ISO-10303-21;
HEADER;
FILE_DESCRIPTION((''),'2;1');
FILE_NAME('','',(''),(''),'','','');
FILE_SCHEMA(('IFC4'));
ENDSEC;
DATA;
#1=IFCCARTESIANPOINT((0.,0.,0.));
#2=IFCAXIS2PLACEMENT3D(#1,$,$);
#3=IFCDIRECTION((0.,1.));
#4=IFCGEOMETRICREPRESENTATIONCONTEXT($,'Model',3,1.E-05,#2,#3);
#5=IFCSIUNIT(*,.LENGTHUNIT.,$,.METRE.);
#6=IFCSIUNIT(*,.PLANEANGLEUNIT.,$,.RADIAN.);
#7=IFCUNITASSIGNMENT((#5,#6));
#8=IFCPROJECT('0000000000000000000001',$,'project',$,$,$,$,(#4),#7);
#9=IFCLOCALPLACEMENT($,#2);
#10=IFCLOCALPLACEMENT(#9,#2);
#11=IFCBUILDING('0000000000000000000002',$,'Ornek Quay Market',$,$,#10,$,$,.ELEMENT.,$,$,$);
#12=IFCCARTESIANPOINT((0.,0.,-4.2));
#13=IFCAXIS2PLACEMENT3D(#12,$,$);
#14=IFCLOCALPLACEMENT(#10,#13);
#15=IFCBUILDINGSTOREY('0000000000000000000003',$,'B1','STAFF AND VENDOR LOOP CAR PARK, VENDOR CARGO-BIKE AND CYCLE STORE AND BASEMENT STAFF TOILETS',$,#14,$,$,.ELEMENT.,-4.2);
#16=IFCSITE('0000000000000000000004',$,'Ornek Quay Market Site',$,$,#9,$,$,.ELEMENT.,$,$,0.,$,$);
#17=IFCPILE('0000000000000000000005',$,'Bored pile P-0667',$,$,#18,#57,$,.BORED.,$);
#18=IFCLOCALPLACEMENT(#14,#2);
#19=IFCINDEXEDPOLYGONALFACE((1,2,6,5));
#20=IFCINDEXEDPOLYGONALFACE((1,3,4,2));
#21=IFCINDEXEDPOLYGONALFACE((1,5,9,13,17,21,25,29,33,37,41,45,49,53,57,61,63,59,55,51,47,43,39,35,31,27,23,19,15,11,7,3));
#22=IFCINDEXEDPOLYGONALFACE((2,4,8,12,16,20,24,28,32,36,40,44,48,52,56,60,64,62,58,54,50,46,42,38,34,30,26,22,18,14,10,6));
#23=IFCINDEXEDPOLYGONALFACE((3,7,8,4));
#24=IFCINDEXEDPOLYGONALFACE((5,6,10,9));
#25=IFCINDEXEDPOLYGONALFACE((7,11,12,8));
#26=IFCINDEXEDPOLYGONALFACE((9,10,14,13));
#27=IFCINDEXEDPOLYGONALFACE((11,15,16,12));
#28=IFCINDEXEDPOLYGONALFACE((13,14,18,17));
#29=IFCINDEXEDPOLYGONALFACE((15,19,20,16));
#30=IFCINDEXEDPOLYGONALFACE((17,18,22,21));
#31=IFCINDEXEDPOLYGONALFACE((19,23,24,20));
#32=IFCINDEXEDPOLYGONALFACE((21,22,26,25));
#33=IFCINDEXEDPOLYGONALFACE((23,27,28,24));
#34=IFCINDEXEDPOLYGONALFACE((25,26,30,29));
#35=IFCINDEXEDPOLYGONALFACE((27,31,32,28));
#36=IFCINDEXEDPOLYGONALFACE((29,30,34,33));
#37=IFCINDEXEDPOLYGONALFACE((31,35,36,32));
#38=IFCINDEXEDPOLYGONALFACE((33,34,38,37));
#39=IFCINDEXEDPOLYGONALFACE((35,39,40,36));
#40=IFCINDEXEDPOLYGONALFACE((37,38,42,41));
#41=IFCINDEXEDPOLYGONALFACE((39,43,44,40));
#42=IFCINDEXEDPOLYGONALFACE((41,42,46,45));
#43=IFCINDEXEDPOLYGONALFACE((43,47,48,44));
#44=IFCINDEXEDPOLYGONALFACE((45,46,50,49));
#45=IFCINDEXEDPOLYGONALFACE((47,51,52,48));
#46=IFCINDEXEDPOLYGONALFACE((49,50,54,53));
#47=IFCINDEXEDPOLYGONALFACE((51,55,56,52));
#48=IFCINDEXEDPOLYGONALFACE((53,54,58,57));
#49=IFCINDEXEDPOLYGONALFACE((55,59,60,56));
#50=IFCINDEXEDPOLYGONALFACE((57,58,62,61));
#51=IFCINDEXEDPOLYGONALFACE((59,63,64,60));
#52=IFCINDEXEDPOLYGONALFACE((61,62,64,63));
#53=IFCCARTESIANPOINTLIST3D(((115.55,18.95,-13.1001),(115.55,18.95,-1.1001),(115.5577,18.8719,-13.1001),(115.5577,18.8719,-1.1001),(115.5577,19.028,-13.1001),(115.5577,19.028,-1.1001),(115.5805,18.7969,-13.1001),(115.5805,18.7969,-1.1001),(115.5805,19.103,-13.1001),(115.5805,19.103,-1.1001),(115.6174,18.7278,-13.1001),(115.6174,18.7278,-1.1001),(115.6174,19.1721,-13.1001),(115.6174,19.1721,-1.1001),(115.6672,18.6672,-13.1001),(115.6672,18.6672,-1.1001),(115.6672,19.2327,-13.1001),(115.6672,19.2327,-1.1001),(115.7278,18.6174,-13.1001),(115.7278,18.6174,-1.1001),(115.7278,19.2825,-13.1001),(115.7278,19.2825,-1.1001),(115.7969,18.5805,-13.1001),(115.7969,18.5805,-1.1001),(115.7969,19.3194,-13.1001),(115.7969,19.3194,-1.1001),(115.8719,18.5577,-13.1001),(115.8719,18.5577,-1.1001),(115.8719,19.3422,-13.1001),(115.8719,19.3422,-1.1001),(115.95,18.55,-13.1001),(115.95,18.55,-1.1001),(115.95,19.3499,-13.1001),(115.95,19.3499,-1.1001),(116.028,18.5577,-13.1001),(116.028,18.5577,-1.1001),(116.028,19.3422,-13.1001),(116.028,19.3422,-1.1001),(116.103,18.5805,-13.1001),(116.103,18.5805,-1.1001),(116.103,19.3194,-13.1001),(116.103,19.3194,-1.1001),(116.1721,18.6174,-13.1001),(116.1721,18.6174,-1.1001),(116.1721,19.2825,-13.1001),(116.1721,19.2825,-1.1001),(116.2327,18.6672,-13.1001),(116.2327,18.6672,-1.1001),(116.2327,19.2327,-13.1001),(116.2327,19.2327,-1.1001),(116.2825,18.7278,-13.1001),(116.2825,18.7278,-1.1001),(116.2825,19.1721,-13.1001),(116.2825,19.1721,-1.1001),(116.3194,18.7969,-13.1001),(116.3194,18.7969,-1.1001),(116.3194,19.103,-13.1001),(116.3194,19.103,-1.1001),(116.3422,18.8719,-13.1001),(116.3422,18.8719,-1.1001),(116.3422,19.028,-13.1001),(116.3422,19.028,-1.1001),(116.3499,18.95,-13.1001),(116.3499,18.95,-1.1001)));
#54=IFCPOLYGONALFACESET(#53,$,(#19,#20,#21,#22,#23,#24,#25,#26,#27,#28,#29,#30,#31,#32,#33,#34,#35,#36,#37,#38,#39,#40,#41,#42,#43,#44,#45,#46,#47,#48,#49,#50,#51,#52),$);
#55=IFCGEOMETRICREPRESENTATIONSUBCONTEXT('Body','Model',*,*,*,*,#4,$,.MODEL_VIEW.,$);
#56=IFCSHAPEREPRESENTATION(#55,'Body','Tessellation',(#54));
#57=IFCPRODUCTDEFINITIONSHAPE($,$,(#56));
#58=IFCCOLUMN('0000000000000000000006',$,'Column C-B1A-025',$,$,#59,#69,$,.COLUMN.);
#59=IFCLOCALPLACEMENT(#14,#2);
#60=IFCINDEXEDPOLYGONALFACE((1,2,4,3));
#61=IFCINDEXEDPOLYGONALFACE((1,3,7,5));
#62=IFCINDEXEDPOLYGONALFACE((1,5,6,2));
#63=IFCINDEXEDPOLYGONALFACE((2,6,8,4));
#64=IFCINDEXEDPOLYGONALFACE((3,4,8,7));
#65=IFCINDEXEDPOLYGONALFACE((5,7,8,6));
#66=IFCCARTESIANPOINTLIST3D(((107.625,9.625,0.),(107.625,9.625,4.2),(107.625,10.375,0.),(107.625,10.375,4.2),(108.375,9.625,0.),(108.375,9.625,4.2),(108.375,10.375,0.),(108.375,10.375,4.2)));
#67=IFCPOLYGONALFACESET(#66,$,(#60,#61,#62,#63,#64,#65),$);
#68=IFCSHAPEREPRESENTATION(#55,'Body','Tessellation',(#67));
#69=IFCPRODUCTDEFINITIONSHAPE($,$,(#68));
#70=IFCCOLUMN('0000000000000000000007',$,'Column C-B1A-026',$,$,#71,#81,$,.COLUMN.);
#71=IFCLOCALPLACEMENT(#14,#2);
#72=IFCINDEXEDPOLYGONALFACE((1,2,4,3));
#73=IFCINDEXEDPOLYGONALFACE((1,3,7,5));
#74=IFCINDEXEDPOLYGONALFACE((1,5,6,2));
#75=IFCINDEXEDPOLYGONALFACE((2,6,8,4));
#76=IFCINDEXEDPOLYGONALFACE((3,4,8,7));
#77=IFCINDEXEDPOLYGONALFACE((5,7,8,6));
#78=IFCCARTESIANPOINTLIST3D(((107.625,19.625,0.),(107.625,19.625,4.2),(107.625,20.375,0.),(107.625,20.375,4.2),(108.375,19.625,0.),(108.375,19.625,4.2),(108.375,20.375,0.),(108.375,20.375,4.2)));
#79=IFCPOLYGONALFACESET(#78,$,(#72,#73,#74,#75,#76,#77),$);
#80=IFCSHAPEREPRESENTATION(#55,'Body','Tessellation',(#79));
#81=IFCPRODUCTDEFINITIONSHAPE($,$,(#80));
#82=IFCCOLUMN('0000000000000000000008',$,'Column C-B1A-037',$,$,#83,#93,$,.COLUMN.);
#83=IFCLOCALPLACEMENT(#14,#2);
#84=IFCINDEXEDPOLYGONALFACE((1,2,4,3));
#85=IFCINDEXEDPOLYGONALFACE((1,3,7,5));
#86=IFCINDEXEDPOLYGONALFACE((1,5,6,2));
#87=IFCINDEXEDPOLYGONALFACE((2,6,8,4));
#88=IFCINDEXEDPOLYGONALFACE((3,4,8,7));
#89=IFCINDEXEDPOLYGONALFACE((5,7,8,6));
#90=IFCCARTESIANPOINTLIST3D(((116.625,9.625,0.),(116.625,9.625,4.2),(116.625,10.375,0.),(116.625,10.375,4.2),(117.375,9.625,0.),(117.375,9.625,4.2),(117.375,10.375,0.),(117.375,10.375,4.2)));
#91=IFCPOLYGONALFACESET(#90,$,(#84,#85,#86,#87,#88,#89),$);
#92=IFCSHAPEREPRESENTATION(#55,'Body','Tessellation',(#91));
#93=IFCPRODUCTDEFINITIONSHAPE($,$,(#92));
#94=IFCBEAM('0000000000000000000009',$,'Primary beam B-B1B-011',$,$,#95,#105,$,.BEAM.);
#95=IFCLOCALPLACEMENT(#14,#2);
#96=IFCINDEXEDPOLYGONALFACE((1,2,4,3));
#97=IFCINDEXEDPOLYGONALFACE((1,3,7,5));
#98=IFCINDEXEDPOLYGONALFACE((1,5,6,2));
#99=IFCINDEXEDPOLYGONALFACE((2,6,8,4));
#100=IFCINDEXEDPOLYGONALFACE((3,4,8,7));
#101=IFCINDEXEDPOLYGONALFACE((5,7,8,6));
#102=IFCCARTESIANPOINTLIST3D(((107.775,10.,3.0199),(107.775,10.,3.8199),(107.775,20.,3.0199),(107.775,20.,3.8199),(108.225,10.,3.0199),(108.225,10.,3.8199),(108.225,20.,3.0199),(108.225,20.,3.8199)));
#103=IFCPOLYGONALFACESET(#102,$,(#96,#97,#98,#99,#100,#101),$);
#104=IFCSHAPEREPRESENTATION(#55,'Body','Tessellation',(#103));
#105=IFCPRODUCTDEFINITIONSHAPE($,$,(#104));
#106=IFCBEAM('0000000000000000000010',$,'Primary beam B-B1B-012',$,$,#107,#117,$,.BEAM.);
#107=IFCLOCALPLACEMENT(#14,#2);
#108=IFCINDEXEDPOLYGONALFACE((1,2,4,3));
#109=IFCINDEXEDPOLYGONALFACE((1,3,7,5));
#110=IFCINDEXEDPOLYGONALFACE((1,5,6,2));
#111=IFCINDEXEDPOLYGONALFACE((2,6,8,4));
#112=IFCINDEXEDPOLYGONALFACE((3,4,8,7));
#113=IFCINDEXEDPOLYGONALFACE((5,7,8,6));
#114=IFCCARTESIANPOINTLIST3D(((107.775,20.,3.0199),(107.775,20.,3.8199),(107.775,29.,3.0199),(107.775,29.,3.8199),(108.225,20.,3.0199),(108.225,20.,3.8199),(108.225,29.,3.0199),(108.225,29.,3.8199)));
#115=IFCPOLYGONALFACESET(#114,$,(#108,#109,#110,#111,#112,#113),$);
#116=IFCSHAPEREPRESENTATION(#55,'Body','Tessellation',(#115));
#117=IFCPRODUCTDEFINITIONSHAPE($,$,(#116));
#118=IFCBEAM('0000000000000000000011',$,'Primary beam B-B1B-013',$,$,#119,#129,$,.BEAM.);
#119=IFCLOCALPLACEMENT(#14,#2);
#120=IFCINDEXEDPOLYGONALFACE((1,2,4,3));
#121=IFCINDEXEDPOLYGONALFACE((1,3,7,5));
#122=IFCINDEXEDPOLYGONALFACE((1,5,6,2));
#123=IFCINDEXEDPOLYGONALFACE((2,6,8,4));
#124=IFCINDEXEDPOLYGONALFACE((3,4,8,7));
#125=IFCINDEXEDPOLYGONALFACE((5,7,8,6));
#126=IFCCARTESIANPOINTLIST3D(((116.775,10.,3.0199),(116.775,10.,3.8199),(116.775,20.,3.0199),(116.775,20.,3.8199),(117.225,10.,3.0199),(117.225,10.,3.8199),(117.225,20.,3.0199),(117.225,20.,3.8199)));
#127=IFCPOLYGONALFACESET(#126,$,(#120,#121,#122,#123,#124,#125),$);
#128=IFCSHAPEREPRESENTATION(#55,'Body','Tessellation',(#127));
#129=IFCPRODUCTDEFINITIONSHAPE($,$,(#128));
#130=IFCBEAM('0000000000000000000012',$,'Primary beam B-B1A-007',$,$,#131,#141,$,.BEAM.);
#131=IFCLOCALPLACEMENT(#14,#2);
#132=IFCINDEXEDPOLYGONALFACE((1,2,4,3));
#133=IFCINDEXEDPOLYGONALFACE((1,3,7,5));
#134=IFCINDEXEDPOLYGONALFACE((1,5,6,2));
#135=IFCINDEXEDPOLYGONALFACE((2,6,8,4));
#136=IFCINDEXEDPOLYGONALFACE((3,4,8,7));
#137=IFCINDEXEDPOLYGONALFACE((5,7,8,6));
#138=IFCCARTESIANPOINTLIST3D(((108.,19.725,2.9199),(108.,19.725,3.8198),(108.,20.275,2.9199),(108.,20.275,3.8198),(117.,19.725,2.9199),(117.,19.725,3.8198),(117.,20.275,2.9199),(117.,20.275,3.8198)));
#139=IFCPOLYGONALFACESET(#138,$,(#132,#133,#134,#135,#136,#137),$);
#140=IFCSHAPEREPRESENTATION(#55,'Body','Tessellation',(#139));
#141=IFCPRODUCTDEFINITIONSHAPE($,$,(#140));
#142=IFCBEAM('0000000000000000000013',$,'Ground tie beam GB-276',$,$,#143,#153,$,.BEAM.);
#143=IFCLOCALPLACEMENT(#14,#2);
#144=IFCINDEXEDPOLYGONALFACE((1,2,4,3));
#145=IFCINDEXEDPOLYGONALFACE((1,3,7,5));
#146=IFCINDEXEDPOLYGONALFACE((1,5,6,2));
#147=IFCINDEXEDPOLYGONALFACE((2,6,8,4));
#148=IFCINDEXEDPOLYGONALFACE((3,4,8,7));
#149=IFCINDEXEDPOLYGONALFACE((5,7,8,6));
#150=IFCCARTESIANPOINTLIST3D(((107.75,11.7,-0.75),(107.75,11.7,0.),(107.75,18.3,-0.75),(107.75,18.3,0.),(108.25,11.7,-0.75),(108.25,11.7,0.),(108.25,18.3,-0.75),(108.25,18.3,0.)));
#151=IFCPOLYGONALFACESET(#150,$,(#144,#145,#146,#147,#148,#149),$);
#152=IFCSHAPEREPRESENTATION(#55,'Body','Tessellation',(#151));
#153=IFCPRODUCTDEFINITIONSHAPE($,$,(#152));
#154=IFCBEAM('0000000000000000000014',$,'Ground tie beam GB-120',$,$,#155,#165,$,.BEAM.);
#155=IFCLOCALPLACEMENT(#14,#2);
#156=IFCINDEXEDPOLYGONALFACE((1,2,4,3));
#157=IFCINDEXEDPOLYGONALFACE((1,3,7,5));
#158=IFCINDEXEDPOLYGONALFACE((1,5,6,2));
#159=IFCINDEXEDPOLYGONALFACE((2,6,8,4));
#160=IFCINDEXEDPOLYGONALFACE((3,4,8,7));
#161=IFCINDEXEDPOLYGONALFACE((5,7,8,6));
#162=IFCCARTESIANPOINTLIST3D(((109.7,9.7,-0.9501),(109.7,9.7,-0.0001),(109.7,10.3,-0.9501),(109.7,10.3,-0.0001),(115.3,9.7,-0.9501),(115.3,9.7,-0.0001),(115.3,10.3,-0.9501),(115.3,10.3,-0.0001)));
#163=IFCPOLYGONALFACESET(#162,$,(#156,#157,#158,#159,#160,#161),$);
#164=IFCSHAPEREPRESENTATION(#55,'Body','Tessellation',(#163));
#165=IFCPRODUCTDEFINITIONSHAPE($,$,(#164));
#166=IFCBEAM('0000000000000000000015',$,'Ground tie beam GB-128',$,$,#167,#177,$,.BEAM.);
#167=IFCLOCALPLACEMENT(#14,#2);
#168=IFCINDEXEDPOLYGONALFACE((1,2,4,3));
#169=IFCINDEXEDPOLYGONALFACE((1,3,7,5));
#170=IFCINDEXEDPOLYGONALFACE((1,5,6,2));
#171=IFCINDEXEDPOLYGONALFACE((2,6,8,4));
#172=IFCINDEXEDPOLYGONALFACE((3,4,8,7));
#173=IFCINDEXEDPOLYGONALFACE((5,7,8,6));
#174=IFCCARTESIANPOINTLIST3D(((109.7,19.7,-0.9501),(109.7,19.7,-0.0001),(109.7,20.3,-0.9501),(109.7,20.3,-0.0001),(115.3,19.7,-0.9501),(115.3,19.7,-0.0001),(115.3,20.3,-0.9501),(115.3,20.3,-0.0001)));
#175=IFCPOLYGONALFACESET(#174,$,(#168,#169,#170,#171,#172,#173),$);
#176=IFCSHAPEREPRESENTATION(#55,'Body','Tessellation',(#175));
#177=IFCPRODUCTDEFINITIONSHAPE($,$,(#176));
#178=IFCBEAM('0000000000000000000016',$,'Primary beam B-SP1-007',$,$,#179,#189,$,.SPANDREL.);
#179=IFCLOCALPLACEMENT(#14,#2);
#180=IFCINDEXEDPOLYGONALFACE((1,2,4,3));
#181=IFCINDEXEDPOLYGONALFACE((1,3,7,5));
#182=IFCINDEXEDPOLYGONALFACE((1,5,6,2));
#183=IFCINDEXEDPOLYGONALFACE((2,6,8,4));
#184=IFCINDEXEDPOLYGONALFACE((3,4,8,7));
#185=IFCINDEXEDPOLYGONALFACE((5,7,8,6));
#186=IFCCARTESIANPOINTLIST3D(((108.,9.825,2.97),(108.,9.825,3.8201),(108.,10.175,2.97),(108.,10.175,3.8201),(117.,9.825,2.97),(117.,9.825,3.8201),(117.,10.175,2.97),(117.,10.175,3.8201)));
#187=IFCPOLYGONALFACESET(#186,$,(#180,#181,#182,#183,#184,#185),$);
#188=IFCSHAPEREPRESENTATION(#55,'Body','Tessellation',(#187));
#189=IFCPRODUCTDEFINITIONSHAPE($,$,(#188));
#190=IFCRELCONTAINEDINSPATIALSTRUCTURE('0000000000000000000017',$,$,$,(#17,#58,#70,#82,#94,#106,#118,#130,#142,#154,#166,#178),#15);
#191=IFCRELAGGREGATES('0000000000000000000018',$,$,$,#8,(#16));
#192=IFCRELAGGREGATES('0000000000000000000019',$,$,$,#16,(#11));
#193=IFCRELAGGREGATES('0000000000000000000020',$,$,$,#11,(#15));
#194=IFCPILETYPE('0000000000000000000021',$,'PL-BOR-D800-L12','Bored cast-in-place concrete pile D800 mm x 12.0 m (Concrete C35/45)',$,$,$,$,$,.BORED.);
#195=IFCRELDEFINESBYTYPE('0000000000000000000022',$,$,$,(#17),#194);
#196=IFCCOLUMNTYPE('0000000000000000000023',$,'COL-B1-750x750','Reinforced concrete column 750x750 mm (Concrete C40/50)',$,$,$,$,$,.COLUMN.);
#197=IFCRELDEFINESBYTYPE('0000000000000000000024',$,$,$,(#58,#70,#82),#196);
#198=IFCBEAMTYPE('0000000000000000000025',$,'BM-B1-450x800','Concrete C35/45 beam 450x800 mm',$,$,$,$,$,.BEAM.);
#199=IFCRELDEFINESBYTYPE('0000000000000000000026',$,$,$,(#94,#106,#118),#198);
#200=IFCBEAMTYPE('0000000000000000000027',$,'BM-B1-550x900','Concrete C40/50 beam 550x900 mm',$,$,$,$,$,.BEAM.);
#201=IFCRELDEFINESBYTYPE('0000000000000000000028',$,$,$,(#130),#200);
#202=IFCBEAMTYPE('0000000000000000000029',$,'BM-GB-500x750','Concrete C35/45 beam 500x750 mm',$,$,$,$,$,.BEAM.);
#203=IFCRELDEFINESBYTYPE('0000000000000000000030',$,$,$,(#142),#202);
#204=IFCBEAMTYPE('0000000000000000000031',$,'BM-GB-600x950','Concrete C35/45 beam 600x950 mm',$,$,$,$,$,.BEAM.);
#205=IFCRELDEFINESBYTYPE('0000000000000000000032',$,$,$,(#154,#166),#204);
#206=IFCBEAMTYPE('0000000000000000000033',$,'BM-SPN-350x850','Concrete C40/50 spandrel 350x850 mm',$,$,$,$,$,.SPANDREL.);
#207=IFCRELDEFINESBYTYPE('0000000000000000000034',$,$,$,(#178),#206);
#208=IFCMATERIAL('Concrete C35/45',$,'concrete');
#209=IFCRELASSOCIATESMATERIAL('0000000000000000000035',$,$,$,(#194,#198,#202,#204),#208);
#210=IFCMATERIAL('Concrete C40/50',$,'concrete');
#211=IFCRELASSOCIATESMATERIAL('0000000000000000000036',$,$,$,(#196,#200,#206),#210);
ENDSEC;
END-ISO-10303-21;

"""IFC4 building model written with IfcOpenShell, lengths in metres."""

from ifc_helpers import new_model, si_unit, direction, frame, origin, origin_2d, place, context, subcontext, project, spatial, rectangle, circle, extrude, material, material_profile, profile_set, type_object, element, save


model = new_model("IFC4")

# Units and contexts
model_context = context("Model", 3, precision=1e-05, world=origin(), true_north=direction((0.0, 1.0)))
body_context = subcontext(model_context, "Body", "Model", "MODEL_VIEW")
ifc_project = project(units=[si_unit("LENGTHUNIT", "METRE"), si_unit("PLANEANGLEUNIT", "RADIAN")], contexts=[model_context])

# Site, building, storey
site_placement = place(None, origin())
site = spatial("IfcSite", under=ifc_project, at=site_placement, Name="Ornek Quay Market Site", CompositionType="ELEMENT", RefElevation=0.0)
building_placement = place(site_placement, origin())
building = spatial("IfcBuilding", under=site, at=building_placement, Name="Ornek Quay Market", CompositionType="ELEMENT")
storey_placement = place(building_placement, frame((0.0, 0.0, -4.2)))
storey = spatial("IfcBuildingStorey", under=building, at=storey_placement, Name="B1", Description="STAFF AND VENDOR LOOP CAR PARK, VENDOR CARGO-BIKE AND CYCLE STORE AND BASEMENT STAFF TOILETS", CompositionType="ELEMENT", Elevation=-4.2)

# Pile
ifc_material_1 = material(Name="Concrete C35/45", Category="concrete")
ifc_material_profile_1 = material_profile(ifc_material_1, circle(Radius=0.3999, at=origin_2d()), Name="PILE D800", Category="concrete")
ifc_profile_set_1 = profile_set([ifc_material_profile_1], Name="Concrete C35/45")
pile_type = type_object("IfcPileType", Name="PL-BOR-D800-L12", Description="Bored cast-in-place concrete pile D800 mm x 12.0 m (Concrete C35/45)", PredefinedType="BORED", material=ifc_profile_set_1)
for number, where, z_axis, x_axis, name in (
    (1, (115.95, 18.95, -1.1001), (0.0, 0.0, -1.0), (1.0, 0.0, 0.0), "Bored pile P-0667"),
):
    element("IfcPile", number, at=place(storey_placement, frame(where, z_axis=z_axis, x_axis=x_axis)), inside=storey, type_object=pile_type, Name=name, PredefinedType="BORED", context=body_context, shape_type="SweptSolid", body=[
        extrude(circle(Radius=0.3999, at=origin_2d()), origin(), (0.0, 0.0, 1.0), 12.0),
    ])

# Columns
ifc_material_2 = material(Name="Concrete C40/50", Category="concrete")
ifc_material_profile_2 = material_profile(ifc_material_2, rectangle(XDim=0.75, YDim=0.75, at=origin_2d()), Name="RC 750x750", Category="concrete")
ifc_profile_set_2 = profile_set([ifc_material_profile_2], Name="Concrete C40/50")
column_type = type_object("IfcColumnType", Name="COL-B1-750x750", Description="Reinforced concrete column 750x750 mm (Concrete C40/50)", PredefinedType="COLUMN", material=ifc_profile_set_2)
for number, where, z_axis, x_axis, name in (
    (2, (108.0, 10.0, 0.0), (0.0, 0.0, 1.0), (1.0, 0.0, 0.0), "Column C-B1A-025"),
    (3, (108.0, 20.0, 0.0), (0.0, 0.0, 1.0), (1.0, 0.0, 0.0), "Column C-B1A-026"),
    (4, (117.0, 10.0, 0.0), (0.0, 0.0, 1.0), (1.0, 0.0, 0.0), "Column C-B1A-037"),
):
    element("IfcColumn", number, at=place(storey_placement, frame(where, z_axis=z_axis, x_axis=x_axis)), inside=storey, type_object=column_type, Name=name, PredefinedType="COLUMN", context=body_context, shape_type="SweptSolid", body=[
        extrude(rectangle(XDim=0.75, YDim=0.75, at=origin_2d()), origin(), (0.0, 0.0, 1.0), 4.2),
    ])

# Beams
ifc_material_profile_3 = material_profile(ifc_material_1, rectangle(XDim=0.45, YDim=0.8, at=origin_2d()), Name="RC 450x800", Category="concrete")
ifc_profile_set_3 = profile_set([ifc_material_profile_3], Name="Concrete C35/45")
beam_type_1 = type_object("IfcBeamType", Name="BM-B1-450x800", Description="Concrete C35/45 beam 450x800 mm", PredefinedType="BEAM", material=ifc_profile_set_3)
beam_1_placement = place(storey_placement, frame((108.0, 10.0, 3.4199), z_axis=(0.0, 1.0, 0.0), x_axis=(-1.0, 0.0, 0.0)))
element("IfcBeam", 5, at=beam_1_placement, inside=storey, type_object=beam_type_1, Name="Primary beam B-B1B-011", PredefinedType="BEAM", context=body_context, shape_type="SweptSolid", body=[
    extrude(rectangle(XDim=0.45, YDim=0.8, at=origin_2d()), origin(), (0.0, 0.0, 1.0), 10.0),
])
beam_2_placement = place(storey_placement, frame((108.0, 20.0, 3.4199), z_axis=(0.0, 1.0, 0.0), x_axis=(-1.0, 0.0, 0.0)))
element("IfcBeam", 6, at=beam_2_placement, inside=storey, type_object=beam_type_1, Name="Primary beam B-B1B-012", PredefinedType="BEAM", context=body_context, shape_type="SweptSolid", body=[
    extrude(rectangle(XDim=0.45, YDim=0.8, at=origin_2d()), origin(), (0.0, 0.0, 1.0), 9.0),
])
beam_3_placement = place(storey_placement, frame((117.0, 10.0, 3.4199), z_axis=(0.0, 1.0, 0.0), x_axis=(-1.0, 0.0, 0.0)))
element("IfcBeam", 7, at=beam_3_placement, inside=storey, type_object=beam_type_1, Name="Primary beam B-B1B-013", PredefinedType="BEAM", context=body_context, shape_type="SweptSolid", body=[
    extrude(rectangle(XDim=0.45, YDim=0.8, at=origin_2d()), origin(), (0.0, 0.0, 1.0), 10.0),
])
ifc_material_profile_4 = material_profile(ifc_material_2, rectangle(XDim=0.55, YDim=0.8999, at=origin_2d()), Name="RC 550x900", Category="concrete")
ifc_profile_set_4 = profile_set([ifc_material_profile_4], Name="Concrete C40/50")
beam_type_2 = type_object("IfcBeamType", Name="BM-B1-550x900", Description="Concrete C40/50 beam 550x900 mm", PredefinedType="BEAM", material=ifc_profile_set_4)
beam_4_placement = place(storey_placement, frame((108.0, 20.0, 3.3699), z_axis=(1.0, 0.0, 0.0), x_axis=(0.0, 1.0, 0.0)))
element("IfcBeam", 8, at=beam_4_placement, inside=storey, type_object=beam_type_2, Name="Primary beam B-B1A-007", PredefinedType="BEAM", context=body_context, shape_type="SweptSolid", body=[
    extrude(rectangle(XDim=0.55, YDim=0.8999, at=origin_2d()), origin(), (0.0, 0.0, 1.0), 9.0),
])
ifc_material_profile_5 = material_profile(ifc_material_1, rectangle(XDim=0.5, YDim=0.75, at=origin_2d()), Name="RC 500x750", Category="concrete")
ifc_profile_set_5 = profile_set([ifc_material_profile_5], Name="Concrete C35/45")
beam_type_3 = type_object("IfcBeamType", Name="BM-GB-500x750", Description="Concrete C35/45 beam 500x750 mm", PredefinedType="BEAM", material=ifc_profile_set_5)
beam_5_placement = place(storey_placement, frame((108.0, 11.7, -0.375), z_axis=(0.0, 1.0, 0.0), x_axis=(-1.0, 0.0, 0.0)))
element("IfcBeam", 9, at=beam_5_placement, inside=storey, type_object=beam_type_3, Name="Ground tie beam GB-276", PredefinedType="BEAM", context=body_context, shape_type="SweptSolid", body=[
    extrude(rectangle(XDim=0.5, YDim=0.75, at=origin_2d()), origin(), (0.0, 0.0, 1.0), 6.6001),
])
ifc_material_profile_6 = material_profile(ifc_material_1, rectangle(XDim=0.6001, YDim=0.95, at=origin_2d()), Name="RC 600x950", Category="concrete")
ifc_profile_set_6 = profile_set([ifc_material_profile_6], Name="Concrete C35/45")
beam_type_4 = type_object("IfcBeamType", Name="BM-GB-600x950", Description="Concrete C35/45 beam 600x950 mm", PredefinedType="BEAM", material=ifc_profile_set_6)
for number, where, z_axis, x_axis, name in (
    (10, (109.7, 10.0, -0.4751), (1.0, 0.0, 0.0), (0.0, 1.0, 0.0), "Ground tie beam GB-120"),
    (11, (109.7, 20.0, -0.4751), (1.0, 0.0, 0.0), (0.0, 1.0, 0.0), "Ground tie beam GB-128"),
):
    element("IfcBeam", number, at=place(storey_placement, frame(where, z_axis=z_axis, x_axis=x_axis)), inside=storey, type_object=beam_type_4, Name=name, PredefinedType="BEAM", context=body_context, shape_type="SweptSolid", body=[
        extrude(rectangle(XDim=0.6001, YDim=0.95, at=origin_2d()), origin(), (0.0, 0.0, 1.0), 5.6001),
    ])
ifc_material_profile_7 = material_profile(ifc_material_2, rectangle(XDim=0.3501, YDim=0.8501, at=origin_2d()), Name="RC 350x850", Category="concrete")
ifc_profile_set_7 = profile_set([ifc_material_profile_7], Name="Concrete C40/50")
beam_type_5 = type_object("IfcBeamType", Name="BM-SPN-350x850", Description="Concrete C40/50 spandrel 350x850 mm", PredefinedType="SPANDREL", material=ifc_profile_set_7)
beam_6_placement = place(storey_placement, frame((108.0, 10.0, 3.395), z_axis=(1.0, 0.0, 0.0), x_axis=(0.0, 1.0, 0.0)))
element("IfcBeam", 12, at=beam_6_placement, inside=storey, type_object=beam_type_5, Name="Primary beam B-SP1-007", PredefinedType="SPANDREL", context=body_context, shape_type="SweptSolid", body=[
    extrude(rectangle(XDim=0.3501, YDim=0.8501, at=origin_2d()), origin(), (0.0, 0.0, 1.0), 9.0),
])

save(model, "model.ifc")
